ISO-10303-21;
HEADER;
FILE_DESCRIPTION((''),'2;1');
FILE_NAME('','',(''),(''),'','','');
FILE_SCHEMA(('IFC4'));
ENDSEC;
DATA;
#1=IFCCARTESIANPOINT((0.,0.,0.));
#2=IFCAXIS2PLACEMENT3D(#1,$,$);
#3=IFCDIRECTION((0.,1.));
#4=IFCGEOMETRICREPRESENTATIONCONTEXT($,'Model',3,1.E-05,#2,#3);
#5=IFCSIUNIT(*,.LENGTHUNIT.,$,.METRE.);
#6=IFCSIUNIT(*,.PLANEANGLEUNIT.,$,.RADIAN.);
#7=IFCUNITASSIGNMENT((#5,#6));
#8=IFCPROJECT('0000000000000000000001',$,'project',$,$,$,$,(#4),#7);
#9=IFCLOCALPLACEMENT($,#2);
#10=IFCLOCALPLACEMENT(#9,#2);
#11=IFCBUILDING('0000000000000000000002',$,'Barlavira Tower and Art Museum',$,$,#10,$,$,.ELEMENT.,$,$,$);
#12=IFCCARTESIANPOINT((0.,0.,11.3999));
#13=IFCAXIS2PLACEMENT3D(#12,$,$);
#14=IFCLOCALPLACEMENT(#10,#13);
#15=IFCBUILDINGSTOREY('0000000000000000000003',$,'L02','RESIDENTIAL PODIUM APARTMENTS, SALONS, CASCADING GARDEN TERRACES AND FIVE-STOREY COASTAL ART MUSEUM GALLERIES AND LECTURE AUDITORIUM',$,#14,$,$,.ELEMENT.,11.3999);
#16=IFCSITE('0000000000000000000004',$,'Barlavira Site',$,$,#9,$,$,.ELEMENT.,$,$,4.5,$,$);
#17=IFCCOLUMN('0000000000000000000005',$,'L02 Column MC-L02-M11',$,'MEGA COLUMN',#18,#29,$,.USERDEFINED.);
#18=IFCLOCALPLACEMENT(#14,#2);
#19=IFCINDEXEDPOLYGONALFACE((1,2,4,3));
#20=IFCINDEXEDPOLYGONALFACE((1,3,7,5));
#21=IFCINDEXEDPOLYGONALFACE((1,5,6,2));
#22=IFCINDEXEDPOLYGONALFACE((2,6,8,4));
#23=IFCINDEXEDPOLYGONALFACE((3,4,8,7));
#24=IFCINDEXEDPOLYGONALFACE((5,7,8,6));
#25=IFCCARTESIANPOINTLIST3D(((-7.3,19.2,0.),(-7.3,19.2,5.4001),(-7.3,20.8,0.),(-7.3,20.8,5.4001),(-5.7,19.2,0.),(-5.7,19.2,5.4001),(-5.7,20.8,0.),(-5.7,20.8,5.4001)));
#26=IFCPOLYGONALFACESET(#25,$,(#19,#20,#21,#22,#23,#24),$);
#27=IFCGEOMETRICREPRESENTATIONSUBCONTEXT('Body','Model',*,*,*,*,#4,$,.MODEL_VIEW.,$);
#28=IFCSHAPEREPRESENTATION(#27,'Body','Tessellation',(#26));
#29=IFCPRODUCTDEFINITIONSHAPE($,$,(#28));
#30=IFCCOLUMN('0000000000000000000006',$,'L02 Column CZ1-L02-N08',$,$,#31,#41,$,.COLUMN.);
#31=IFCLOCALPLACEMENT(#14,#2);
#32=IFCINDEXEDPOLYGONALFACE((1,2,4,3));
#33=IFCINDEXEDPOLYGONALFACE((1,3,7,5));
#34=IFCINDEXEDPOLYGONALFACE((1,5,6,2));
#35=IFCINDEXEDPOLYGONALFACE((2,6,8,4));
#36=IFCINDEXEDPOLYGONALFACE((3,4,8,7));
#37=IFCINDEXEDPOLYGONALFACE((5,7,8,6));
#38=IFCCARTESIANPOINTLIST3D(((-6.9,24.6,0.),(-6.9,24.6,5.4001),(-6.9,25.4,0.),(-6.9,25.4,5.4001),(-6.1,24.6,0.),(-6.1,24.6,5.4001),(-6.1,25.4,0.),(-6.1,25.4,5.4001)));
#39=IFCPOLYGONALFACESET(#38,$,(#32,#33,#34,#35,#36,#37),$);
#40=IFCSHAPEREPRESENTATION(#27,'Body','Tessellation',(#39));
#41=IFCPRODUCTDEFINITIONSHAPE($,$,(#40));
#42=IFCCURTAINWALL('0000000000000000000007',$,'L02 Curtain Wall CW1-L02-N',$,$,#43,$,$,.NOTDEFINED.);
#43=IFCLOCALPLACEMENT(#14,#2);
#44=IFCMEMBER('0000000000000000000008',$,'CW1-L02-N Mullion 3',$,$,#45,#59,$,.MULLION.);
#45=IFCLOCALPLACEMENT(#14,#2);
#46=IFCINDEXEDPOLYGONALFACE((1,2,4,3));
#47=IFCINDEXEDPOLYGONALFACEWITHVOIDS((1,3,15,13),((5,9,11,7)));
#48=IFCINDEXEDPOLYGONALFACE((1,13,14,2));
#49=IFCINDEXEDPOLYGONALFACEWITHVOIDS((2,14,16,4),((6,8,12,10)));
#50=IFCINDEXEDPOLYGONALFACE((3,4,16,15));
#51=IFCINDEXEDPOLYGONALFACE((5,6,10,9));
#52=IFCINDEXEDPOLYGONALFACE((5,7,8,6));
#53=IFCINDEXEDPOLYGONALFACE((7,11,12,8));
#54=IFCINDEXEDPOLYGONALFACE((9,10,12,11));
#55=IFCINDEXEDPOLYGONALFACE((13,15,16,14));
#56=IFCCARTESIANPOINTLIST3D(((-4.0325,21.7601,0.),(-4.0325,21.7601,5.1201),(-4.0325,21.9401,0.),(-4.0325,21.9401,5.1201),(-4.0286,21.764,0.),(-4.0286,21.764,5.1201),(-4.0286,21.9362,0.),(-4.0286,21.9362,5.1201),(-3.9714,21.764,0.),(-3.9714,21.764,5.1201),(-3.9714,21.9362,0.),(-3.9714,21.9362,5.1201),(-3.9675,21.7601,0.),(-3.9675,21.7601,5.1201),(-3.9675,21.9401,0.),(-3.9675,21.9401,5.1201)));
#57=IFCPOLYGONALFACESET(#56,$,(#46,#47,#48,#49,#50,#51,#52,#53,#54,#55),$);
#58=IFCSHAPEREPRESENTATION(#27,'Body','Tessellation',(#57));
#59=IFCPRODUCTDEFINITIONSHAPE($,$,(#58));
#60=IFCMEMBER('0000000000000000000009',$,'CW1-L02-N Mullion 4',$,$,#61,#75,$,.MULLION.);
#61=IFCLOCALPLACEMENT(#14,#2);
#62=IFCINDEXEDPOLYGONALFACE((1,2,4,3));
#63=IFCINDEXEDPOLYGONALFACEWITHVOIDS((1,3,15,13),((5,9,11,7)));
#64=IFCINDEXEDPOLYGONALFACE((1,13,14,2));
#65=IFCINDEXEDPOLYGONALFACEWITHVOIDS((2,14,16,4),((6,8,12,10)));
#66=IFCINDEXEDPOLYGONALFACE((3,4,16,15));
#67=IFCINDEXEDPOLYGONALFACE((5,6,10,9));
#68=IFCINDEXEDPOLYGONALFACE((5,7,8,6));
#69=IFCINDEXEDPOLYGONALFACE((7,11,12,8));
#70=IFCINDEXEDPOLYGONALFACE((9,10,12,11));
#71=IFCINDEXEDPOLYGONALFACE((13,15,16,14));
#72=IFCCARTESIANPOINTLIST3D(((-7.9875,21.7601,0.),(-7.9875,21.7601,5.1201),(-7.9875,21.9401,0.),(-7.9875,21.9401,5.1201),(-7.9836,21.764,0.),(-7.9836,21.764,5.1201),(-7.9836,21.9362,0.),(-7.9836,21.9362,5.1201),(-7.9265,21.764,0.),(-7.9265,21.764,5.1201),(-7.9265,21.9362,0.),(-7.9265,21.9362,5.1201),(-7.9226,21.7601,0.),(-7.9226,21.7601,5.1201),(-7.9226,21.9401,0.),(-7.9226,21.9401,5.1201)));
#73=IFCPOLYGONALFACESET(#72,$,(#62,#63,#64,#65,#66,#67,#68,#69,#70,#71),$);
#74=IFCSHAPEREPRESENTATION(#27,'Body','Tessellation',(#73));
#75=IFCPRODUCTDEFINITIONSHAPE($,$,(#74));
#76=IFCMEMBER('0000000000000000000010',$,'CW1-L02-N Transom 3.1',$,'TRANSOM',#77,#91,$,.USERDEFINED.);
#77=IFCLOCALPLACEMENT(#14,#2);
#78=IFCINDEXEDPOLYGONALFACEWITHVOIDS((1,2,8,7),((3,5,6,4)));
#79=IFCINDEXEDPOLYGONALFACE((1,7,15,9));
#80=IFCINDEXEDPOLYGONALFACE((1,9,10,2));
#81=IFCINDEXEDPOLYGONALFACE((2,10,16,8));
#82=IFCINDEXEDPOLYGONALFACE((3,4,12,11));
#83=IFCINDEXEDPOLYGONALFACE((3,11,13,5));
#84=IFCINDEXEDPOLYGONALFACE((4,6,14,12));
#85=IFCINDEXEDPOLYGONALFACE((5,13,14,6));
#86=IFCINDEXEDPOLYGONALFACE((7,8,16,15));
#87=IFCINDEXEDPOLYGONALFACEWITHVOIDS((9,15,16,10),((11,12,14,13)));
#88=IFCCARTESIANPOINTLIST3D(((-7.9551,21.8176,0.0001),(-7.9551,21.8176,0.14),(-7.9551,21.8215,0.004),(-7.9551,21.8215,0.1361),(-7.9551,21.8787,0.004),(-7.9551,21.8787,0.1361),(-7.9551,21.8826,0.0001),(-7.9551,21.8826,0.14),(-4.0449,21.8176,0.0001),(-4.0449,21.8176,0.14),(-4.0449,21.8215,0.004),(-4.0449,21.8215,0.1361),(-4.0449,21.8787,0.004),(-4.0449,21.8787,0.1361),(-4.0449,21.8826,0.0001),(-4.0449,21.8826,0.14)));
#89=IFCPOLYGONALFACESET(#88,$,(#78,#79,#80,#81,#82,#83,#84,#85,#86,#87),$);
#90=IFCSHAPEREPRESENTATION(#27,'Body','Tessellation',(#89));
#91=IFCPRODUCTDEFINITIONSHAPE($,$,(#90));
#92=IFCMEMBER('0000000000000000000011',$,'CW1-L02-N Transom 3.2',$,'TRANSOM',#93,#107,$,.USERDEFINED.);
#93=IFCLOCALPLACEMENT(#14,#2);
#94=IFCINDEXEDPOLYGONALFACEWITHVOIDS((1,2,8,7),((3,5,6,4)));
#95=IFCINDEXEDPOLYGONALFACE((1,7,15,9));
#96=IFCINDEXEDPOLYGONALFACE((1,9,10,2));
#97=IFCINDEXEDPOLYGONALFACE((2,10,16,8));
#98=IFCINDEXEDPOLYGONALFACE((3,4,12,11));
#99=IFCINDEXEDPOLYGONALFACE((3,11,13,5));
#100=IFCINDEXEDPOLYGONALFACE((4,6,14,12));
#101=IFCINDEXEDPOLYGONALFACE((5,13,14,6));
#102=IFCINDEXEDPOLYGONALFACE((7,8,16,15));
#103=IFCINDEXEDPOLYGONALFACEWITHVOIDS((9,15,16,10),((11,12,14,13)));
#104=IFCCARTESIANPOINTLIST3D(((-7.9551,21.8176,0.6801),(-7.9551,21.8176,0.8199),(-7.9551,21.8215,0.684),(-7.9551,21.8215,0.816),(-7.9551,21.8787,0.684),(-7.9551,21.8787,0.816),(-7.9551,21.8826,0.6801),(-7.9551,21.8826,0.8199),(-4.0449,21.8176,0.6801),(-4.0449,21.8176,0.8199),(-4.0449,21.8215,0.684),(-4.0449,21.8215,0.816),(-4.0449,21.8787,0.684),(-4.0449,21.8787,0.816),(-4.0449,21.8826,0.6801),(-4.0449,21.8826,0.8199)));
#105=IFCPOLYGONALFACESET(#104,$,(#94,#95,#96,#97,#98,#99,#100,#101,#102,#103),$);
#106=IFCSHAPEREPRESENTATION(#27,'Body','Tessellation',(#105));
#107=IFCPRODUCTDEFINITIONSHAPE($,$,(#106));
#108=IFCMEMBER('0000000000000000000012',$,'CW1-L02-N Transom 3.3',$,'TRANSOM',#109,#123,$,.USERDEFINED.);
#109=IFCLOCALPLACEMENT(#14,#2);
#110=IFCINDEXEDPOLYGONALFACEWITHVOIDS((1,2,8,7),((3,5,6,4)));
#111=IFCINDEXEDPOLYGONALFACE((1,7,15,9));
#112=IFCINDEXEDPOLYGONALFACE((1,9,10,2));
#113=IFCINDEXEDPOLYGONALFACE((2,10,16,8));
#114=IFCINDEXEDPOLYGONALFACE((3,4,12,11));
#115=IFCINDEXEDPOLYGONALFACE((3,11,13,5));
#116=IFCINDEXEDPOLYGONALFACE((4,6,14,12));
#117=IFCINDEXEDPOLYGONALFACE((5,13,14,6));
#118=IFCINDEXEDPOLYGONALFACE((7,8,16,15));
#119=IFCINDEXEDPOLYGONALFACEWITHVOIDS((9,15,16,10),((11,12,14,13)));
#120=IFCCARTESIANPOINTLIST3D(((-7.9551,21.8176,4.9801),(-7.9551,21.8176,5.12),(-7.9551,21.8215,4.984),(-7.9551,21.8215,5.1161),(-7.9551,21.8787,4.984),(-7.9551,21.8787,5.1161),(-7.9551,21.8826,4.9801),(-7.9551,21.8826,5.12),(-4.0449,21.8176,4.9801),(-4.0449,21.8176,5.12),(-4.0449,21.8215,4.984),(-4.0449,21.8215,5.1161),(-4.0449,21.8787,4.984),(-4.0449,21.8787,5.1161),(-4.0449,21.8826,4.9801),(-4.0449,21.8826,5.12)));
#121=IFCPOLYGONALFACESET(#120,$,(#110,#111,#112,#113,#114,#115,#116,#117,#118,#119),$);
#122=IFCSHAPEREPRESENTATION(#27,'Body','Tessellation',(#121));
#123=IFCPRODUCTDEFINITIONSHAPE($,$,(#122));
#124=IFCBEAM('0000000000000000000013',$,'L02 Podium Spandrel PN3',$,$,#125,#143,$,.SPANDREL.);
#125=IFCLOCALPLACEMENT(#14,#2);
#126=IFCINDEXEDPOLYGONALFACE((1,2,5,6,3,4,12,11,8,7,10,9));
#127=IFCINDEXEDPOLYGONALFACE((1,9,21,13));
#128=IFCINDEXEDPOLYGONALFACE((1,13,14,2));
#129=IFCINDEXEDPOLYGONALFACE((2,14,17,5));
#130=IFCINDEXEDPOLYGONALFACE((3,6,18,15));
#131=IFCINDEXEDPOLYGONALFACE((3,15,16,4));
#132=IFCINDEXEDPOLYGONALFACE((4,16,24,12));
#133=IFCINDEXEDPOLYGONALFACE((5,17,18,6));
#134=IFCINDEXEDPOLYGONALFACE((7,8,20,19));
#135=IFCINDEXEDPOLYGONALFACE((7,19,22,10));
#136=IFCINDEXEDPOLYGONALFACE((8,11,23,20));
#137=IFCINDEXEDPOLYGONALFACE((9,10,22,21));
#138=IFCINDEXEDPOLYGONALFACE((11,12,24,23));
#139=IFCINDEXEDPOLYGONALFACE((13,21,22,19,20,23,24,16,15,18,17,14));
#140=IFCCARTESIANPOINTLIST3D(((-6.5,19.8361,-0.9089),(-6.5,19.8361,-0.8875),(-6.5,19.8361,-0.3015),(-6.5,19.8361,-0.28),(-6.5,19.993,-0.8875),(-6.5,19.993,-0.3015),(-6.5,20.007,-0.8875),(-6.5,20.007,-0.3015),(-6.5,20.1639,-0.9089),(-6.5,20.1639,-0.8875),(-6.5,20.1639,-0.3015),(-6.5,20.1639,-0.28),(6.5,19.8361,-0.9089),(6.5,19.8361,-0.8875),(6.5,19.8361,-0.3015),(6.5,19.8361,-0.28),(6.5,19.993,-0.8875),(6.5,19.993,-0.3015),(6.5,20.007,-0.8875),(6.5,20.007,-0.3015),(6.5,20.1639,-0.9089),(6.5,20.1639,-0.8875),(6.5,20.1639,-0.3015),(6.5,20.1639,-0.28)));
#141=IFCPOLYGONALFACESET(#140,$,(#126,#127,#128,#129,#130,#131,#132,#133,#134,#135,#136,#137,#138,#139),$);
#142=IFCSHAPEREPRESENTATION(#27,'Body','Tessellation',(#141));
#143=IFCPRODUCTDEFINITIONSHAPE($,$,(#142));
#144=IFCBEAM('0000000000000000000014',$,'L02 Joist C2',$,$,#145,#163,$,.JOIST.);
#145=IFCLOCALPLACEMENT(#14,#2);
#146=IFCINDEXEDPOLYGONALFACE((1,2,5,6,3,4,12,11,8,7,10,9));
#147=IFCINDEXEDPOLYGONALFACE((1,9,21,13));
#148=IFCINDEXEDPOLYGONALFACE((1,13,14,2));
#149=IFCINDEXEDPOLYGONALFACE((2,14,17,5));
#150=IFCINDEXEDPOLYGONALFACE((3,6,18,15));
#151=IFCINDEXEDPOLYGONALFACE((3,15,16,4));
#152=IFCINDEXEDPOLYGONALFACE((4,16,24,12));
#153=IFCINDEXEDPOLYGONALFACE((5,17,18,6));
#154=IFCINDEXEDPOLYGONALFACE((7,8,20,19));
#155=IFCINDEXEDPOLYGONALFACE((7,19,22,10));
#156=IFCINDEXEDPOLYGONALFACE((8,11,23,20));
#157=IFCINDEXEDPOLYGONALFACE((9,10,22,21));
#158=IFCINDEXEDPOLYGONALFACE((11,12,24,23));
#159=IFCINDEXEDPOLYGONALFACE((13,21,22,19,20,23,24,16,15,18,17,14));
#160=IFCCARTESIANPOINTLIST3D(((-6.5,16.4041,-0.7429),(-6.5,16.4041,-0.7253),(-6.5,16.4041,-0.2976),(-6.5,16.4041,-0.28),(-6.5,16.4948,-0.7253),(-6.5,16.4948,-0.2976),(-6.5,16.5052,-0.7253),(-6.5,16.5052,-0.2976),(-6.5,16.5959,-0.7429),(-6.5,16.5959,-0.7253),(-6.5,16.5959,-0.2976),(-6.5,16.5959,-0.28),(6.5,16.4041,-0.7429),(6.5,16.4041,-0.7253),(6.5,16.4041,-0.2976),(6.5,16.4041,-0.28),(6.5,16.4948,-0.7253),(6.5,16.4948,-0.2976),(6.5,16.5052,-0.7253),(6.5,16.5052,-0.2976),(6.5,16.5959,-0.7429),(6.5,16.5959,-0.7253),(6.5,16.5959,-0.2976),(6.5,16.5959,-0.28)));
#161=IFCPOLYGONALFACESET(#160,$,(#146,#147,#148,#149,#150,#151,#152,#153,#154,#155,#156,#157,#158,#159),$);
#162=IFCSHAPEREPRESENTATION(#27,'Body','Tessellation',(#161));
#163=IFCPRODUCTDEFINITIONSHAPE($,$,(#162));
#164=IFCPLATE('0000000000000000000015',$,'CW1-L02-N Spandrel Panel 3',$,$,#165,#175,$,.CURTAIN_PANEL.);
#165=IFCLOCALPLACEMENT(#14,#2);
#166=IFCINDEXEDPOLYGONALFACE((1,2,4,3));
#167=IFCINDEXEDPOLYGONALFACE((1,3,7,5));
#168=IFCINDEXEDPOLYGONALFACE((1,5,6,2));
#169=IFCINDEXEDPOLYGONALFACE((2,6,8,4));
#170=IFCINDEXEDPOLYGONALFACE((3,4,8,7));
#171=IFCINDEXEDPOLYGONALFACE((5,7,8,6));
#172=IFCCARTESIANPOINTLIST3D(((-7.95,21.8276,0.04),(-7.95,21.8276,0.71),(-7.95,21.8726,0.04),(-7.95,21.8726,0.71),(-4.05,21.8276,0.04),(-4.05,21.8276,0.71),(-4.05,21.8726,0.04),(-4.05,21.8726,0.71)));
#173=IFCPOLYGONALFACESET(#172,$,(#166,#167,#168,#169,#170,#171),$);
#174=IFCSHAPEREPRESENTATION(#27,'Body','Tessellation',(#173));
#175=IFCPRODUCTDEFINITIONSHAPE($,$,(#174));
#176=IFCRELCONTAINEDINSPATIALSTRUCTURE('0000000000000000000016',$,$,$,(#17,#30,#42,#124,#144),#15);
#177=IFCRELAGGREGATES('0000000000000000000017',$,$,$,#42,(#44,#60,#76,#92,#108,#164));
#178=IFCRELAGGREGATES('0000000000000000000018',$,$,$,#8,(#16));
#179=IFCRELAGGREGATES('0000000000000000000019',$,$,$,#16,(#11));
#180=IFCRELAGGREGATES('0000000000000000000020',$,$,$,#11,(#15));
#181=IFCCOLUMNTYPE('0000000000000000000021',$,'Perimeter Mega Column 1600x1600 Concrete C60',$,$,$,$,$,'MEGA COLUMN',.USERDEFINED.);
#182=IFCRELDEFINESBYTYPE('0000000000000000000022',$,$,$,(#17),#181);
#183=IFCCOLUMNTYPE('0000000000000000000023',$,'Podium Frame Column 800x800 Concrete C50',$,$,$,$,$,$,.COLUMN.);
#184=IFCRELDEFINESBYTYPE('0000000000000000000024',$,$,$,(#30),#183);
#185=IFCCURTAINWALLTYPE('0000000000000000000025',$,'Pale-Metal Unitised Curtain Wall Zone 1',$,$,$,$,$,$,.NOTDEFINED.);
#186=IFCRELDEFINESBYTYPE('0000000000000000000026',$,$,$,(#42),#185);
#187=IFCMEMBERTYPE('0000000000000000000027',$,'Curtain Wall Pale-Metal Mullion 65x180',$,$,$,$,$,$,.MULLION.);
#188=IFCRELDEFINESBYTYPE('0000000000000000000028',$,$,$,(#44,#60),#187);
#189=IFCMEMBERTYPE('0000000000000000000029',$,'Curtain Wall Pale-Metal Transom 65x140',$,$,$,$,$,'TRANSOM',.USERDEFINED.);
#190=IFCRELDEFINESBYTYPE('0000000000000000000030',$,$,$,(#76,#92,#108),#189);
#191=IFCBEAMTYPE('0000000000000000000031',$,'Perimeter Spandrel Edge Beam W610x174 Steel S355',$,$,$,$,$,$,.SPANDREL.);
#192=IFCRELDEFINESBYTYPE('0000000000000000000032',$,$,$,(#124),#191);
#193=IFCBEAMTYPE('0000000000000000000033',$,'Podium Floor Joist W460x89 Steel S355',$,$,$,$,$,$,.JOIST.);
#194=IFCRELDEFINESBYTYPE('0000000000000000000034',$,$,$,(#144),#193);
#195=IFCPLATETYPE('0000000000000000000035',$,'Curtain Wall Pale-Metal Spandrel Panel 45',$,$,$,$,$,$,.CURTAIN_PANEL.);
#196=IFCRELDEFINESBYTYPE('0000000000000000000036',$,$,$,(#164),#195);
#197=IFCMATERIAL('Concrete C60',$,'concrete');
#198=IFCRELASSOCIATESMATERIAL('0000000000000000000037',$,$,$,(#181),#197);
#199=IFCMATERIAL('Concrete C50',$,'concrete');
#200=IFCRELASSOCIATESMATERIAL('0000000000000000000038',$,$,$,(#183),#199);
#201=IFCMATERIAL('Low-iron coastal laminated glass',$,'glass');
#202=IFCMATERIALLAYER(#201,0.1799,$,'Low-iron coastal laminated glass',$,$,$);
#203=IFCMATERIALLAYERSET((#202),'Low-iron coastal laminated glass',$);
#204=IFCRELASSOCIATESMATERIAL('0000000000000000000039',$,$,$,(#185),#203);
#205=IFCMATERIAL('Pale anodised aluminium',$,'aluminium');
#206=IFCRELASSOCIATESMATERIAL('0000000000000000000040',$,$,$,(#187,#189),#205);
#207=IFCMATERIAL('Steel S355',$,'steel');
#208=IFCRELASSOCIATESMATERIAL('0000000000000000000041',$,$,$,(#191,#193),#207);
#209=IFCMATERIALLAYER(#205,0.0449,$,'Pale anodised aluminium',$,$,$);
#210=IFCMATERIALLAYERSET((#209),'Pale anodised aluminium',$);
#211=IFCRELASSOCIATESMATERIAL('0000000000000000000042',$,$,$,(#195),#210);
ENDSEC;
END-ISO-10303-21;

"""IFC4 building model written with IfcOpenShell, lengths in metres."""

from ifc_helpers import new_model, si_unit, direction, frame, origin, origin_2d, place, context, subcontext, project, spatial, rectangle, hollow_rectangle, i_section, extrude, material, layer, layer_set, material_profile, profile_set, type_object, element, aggregate, save


model = new_model("IFC4")

# Units and contexts
model_context = context("Model", 3, precision=1e-05, world=origin(), true_north=direction((0.0, 1.0)))
body_context = subcontext(model_context, "Body", "Model", "MODEL_VIEW")
ifc_project = project(units=[si_unit("LENGTHUNIT", "METRE"), si_unit("PLANEANGLEUNIT", "RADIAN")], contexts=[model_context])

# Site, building, storey
site_placement = place(None, origin())
site = spatial("IfcSite", under=ifc_project, at=site_placement, Name="Barlavira Site", CompositionType="ELEMENT", RefElevation=4.5)
building_placement = place(site_placement, origin())
building = spatial("IfcBuilding", under=site, at=building_placement, Name="Barlavira Tower and Art Museum", CompositionType="ELEMENT")
storey_placement = place(building_placement, frame((0.0, 0.0, 11.3999)))
storey = spatial("IfcBuildingStorey", under=building, at=storey_placement, Name="L02", Description="RESIDENTIAL PODIUM APARTMENTS, SALONS, CASCADING GARDEN TERRACES AND FIVE-STOREY COASTAL ART MUSEUM GALLERIES AND LECTURE AUDITORIUM", CompositionType="ELEMENT", Elevation=11.3999)

# Columns
ifc_material_1 = material(Name="Concrete C60", Category="concrete")
ifc_material_profile_1 = material_profile(ifc_material_1, rectangle(XDim=1.6001, YDim=1.6001, at=origin_2d()), Name="RC-MCOL 1600x1600")
ifc_profile_set_1 = profile_set([ifc_material_profile_1], Name="Concrete C60")
column_type_1 = type_object("IfcColumnType", Name="Perimeter Mega Column 1600x1600 Concrete C60", ElementType="MEGA COLUMN", PredefinedType="USERDEFINED", material=ifc_profile_set_1)
column_1_placement = place(storey_placement, frame((-6.5, 20.0, 0.0), z_axis=(0.0, 0.0, 1.0), x_axis=(1.0, 0.0, 0.0)))
element("IfcColumn", 1, at=column_1_placement, inside=storey, type_object=column_type_1, Name="L02 Column MC-L02-M11", ObjectType="MEGA COLUMN", PredefinedType="USERDEFINED", context=body_context, shape_type="SweptSolid", body=[
    extrude(rectangle(XDim=1.6001, YDim=1.6001, at=origin_2d()), origin(), (0.0, 0.0, 1.0), 5.4001),
])
ifc_material_2 = material(Name="Concrete C50", Category="concrete")
ifc_material_profile_2 = material_profile(ifc_material_2, rectangle(XDim=0.8, YDim=0.8, at=origin_2d()), Name="RC-COL 800x800")
ifc_profile_set_2 = profile_set([ifc_material_profile_2], Name="Concrete C50")
column_type_2 = type_object("IfcColumnType", Name="Podium Frame Column 800x800 Concrete C50", PredefinedType="COLUMN", material=ifc_profile_set_2)
column_2_placement = place(storey_placement, frame((-6.5, 25.0, 0.0), z_axis=(0.0, 0.0, 1.0), x_axis=(1.0, 0.0, 0.0)))
element("IfcColumn", 2, at=column_2_placement, inside=storey, type_object=column_type_2, Name="L02 Column CZ1-L02-N08", PredefinedType="COLUMN", context=body_context, shape_type="SweptSolid", body=[
    extrude(rectangle(XDim=0.8, YDim=0.8, at=origin_2d()), origin(), (0.0, 0.0, 1.0), 5.4001),
])

# Curtain wall, members
ifc_material_3 = material(Name="Low-iron coastal laminated glass", Category="glass")
ifc_layer_1 = layer(ifc_material_3, 0.1799, Name="Low-iron coastal laminated glass")
ifc_layer_set_1 = layer_set([ifc_layer_1], Name="Low-iron coastal laminated glass")
curtain_wall_type = type_object("IfcCurtainWallType", Name="Pale-Metal Unitised Curtain Wall Zone 1", PredefinedType="NOTDEFINED", material=ifc_layer_set_1)
curtain_wall_placement = place(storey_placement, origin())
curtain_wall = element("IfcCurtainWall", 3, at=curtain_wall_placement, inside=storey, type_object=curtain_wall_type, Name="L02 Curtain Wall CW1-L02-N", PredefinedType="NOTDEFINED")
ifc_material_4 = material(Name="Pale anodised aluminium", Category="aluminium")
ifc_material_profile_3 = material_profile(ifc_material_4, hollow_rectangle(XDim=0.0649, YDim=0.1799, WallThickness=0.0039, at=origin_2d()), Name="ALU-MULL 65x180x4")
ifc_profile_set_3 = profile_set([ifc_material_profile_3], Name="Pale anodised aluminium")
member_type_1 = type_object("IfcMemberType", Name="Curtain Wall Pale-Metal Mullion 65x180", PredefinedType="MULLION", material=ifc_profile_set_3)
member_1_placement = place(storey_placement, frame((-4.0, 21.8501, 0.0), z_axis=(0.0, 0.0, 1.0), x_axis=(-1.0, 0.0, 0.0)))
member_1 = element("IfcMember", 4, at=member_1_placement, type_object=member_type_1, Name="CW1-L02-N Mullion 3", PredefinedType="MULLION", context=body_context, shape_type="SweptSolid", body=[
    extrude(hollow_rectangle(XDim=0.0649, YDim=0.1799, WallThickness=0.0039, at=origin_2d()), origin(), (0.0, 0.0, 1.0), 5.1201),
])
member_2_placement = place(storey_placement, frame((-7.9551, 21.8501, 0.0), z_axis=(0.0, 0.0, 1.0), x_axis=(-1.0, 0.0, 0.0)))
member_2 = element("IfcMember", 5, at=member_2_placement, type_object=member_type_1, Name="CW1-L02-N Mullion 4", PredefinedType="MULLION", context=body_context, shape_type="SweptSolid", body=[
    extrude(hollow_rectangle(XDim=0.0649, YDim=0.1799, WallThickness=0.0039, at=origin_2d()), origin(), (0.0, 0.0, 1.0), 5.1201),
])
ifc_material_profile_4 = material_profile(ifc_material_4, hollow_rectangle(XDim=0.0649, YDim=0.1399, WallThickness=0.0039, at=origin_2d()), Name="ALU-TRAN 65x140x4")
ifc_profile_set_4 = profile_set([ifc_material_profile_4], Name="Pale anodised aluminium")
member_type_2 = type_object("IfcMemberType", Name="Curtain Wall Pale-Metal Transom 65x140", ElementType="TRANSOM", PredefinedType="USERDEFINED", material=ifc_profile_set_4)
member_3_placement = place(storey_placement, frame((-4.0449, 21.8501, 0.0701), z_axis=(-1.0, 0.0, 0.0), x_axis=(0.0, -1.0, 0.0)))
member_3 = element("IfcMember", 6, at=member_3_placement, type_object=member_type_2, Name="CW1-L02-N Transom 3.1", ObjectType="TRANSOM", PredefinedType="USERDEFINED", context=body_context, shape_type="SweptSolid", body=[
    extrude(hollow_rectangle(XDim=0.0649, YDim=0.1399, WallThickness=0.0039, at=origin_2d()), origin(), (0.0, 0.0, 1.0), 3.9102),
])
member_4_placement = place(storey_placement, frame((-4.0449, 21.8501, 0.75), z_axis=(-1.0, 0.0, 0.0), x_axis=(0.0, -1.0, 0.0)))
member_4 = element("IfcMember", 7, at=member_4_placement, type_object=member_type_2, Name="CW1-L02-N Transom 3.2", ObjectType="TRANSOM", PredefinedType="USERDEFINED", context=body_context, shape_type="SweptSolid", body=[
    extrude(hollow_rectangle(XDim=0.0649, YDim=0.1399, WallThickness=0.0039, at=origin_2d()), origin(), (0.0, 0.0, 1.0), 3.9102),
])
member_5_placement = place(storey_placement, frame((-4.0449, 21.8501, 5.05), z_axis=(-1.0, 0.0, 0.0), x_axis=(0.0, -1.0, 0.0)))
member_5 = element("IfcMember", 8, at=member_5_placement, type_object=member_type_2, Name="CW1-L02-N Transom 3.3", ObjectType="TRANSOM", PredefinedType="USERDEFINED", context=body_context, shape_type="SweptSolid", body=[
    extrude(hollow_rectangle(XDim=0.0649, YDim=0.1399, WallThickness=0.0039, at=origin_2d()), origin(), (0.0, 0.0, 1.0), 3.9102),
])

# Beams
ifc_material_5 = material(Name="Steel S355", Category="steel")
ifc_material_profile_5 = material_profile(ifc_material_5, i_section(OverallWidth=0.3279, OverallDepth=0.6289, WebThickness=0.0139, FlangeThickness=0.0215, at=origin_2d()), Name="W610x174.0")
ifc_profile_set_5 = profile_set([ifc_material_profile_5], Name="Steel S355")
beam_type_1 = type_object("IfcBeamType", Name="Perimeter Spandrel Edge Beam W610x174 Steel S355", PredefinedType="SPANDREL", material=ifc_profile_set_5)
beam_1_placement = place(storey_placement, frame((-6.5, 20.0, -0.5945), z_axis=(1.0, 0.0, 0.0), x_axis=(0.0, 1.0, 0.0)))
element("IfcBeam", 9, at=beam_1_placement, inside=storey, type_object=beam_type_1, Name="L02 Podium Spandrel PN3", PredefinedType="SPANDREL", context=body_context, shape_type="SweptSolid", body=[
    extrude(i_section(OverallWidth=0.3279, OverallDepth=0.6289, WebThickness=0.0139, FlangeThickness=0.0215, at=origin_2d()), origin(), (0.0, 0.0, 1.0), 13.0),
])
ifc_material_profile_6 = material_profile(ifc_material_5, i_section(OverallWidth=0.1919, OverallDepth=0.4629, WebThickness=0.0105, FlangeThickness=0.0176, at=origin_2d()), Name="W460x89.0")
ifc_profile_set_6 = profile_set([ifc_material_profile_6], Name="Steel S355")
beam_type_2 = type_object("IfcBeamType", Name="Podium Floor Joist W460x89 Steel S355", PredefinedType="JOIST", material=ifc_profile_set_6)
beam_2_placement = place(storey_placement, frame((-6.5, 16.5, -0.5115), z_axis=(1.0, 0.0, 0.0), x_axis=(0.0, 1.0, 0.0)))
element("IfcBeam", 10, at=beam_2_placement, inside=storey, type_object=beam_type_2, Name="L02 Joist C2", PredefinedType="JOIST", context=body_context, shape_type="SweptSolid", body=[
    extrude(i_section(OverallWidth=0.1919, OverallDepth=0.4629, WebThickness=0.0105, FlangeThickness=0.0176, at=origin_2d()), origin(), (0.0, 0.0, 1.0), 13.0),
])

# Plate
ifc_layer_2 = layer(ifc_material_4, 0.0449, Name="Pale anodised aluminium")
ifc_layer_set_2 = layer_set([ifc_layer_2], Name="Pale anodised aluminium")
plate_type_1 = type_object("IfcPlateType", Name="Curtain Wall Pale-Metal Spandrel Panel 45", PredefinedType="CURTAIN_PANEL", material=ifc_layer_set_2)
plate_1_placement = place(storey_placement, frame((-6.0, 21.8501, 0.04), z_axis=(0.0, 0.0, 1.0), x_axis=(-1.0, 0.0, 0.0)))
plate_1 = element("IfcPlate", 11, at=plate_1_placement, type_object=plate_type_1, Name="CW1-L02-N Spandrel Panel 3", PredefinedType="CURTAIN_PANEL", context=body_context, shape_type="SweptSolid", body=[
    extrude(rectangle(XDim=3.8999, YDim=0.0449, at=origin_2d()), origin(), (0.0, 0.0, 1.0), 0.6699),
])
aggregate(curtain_wall, [member_1, member_2, member_3, member_4, member_5, plate_1])

save(model, "model.ifc")
